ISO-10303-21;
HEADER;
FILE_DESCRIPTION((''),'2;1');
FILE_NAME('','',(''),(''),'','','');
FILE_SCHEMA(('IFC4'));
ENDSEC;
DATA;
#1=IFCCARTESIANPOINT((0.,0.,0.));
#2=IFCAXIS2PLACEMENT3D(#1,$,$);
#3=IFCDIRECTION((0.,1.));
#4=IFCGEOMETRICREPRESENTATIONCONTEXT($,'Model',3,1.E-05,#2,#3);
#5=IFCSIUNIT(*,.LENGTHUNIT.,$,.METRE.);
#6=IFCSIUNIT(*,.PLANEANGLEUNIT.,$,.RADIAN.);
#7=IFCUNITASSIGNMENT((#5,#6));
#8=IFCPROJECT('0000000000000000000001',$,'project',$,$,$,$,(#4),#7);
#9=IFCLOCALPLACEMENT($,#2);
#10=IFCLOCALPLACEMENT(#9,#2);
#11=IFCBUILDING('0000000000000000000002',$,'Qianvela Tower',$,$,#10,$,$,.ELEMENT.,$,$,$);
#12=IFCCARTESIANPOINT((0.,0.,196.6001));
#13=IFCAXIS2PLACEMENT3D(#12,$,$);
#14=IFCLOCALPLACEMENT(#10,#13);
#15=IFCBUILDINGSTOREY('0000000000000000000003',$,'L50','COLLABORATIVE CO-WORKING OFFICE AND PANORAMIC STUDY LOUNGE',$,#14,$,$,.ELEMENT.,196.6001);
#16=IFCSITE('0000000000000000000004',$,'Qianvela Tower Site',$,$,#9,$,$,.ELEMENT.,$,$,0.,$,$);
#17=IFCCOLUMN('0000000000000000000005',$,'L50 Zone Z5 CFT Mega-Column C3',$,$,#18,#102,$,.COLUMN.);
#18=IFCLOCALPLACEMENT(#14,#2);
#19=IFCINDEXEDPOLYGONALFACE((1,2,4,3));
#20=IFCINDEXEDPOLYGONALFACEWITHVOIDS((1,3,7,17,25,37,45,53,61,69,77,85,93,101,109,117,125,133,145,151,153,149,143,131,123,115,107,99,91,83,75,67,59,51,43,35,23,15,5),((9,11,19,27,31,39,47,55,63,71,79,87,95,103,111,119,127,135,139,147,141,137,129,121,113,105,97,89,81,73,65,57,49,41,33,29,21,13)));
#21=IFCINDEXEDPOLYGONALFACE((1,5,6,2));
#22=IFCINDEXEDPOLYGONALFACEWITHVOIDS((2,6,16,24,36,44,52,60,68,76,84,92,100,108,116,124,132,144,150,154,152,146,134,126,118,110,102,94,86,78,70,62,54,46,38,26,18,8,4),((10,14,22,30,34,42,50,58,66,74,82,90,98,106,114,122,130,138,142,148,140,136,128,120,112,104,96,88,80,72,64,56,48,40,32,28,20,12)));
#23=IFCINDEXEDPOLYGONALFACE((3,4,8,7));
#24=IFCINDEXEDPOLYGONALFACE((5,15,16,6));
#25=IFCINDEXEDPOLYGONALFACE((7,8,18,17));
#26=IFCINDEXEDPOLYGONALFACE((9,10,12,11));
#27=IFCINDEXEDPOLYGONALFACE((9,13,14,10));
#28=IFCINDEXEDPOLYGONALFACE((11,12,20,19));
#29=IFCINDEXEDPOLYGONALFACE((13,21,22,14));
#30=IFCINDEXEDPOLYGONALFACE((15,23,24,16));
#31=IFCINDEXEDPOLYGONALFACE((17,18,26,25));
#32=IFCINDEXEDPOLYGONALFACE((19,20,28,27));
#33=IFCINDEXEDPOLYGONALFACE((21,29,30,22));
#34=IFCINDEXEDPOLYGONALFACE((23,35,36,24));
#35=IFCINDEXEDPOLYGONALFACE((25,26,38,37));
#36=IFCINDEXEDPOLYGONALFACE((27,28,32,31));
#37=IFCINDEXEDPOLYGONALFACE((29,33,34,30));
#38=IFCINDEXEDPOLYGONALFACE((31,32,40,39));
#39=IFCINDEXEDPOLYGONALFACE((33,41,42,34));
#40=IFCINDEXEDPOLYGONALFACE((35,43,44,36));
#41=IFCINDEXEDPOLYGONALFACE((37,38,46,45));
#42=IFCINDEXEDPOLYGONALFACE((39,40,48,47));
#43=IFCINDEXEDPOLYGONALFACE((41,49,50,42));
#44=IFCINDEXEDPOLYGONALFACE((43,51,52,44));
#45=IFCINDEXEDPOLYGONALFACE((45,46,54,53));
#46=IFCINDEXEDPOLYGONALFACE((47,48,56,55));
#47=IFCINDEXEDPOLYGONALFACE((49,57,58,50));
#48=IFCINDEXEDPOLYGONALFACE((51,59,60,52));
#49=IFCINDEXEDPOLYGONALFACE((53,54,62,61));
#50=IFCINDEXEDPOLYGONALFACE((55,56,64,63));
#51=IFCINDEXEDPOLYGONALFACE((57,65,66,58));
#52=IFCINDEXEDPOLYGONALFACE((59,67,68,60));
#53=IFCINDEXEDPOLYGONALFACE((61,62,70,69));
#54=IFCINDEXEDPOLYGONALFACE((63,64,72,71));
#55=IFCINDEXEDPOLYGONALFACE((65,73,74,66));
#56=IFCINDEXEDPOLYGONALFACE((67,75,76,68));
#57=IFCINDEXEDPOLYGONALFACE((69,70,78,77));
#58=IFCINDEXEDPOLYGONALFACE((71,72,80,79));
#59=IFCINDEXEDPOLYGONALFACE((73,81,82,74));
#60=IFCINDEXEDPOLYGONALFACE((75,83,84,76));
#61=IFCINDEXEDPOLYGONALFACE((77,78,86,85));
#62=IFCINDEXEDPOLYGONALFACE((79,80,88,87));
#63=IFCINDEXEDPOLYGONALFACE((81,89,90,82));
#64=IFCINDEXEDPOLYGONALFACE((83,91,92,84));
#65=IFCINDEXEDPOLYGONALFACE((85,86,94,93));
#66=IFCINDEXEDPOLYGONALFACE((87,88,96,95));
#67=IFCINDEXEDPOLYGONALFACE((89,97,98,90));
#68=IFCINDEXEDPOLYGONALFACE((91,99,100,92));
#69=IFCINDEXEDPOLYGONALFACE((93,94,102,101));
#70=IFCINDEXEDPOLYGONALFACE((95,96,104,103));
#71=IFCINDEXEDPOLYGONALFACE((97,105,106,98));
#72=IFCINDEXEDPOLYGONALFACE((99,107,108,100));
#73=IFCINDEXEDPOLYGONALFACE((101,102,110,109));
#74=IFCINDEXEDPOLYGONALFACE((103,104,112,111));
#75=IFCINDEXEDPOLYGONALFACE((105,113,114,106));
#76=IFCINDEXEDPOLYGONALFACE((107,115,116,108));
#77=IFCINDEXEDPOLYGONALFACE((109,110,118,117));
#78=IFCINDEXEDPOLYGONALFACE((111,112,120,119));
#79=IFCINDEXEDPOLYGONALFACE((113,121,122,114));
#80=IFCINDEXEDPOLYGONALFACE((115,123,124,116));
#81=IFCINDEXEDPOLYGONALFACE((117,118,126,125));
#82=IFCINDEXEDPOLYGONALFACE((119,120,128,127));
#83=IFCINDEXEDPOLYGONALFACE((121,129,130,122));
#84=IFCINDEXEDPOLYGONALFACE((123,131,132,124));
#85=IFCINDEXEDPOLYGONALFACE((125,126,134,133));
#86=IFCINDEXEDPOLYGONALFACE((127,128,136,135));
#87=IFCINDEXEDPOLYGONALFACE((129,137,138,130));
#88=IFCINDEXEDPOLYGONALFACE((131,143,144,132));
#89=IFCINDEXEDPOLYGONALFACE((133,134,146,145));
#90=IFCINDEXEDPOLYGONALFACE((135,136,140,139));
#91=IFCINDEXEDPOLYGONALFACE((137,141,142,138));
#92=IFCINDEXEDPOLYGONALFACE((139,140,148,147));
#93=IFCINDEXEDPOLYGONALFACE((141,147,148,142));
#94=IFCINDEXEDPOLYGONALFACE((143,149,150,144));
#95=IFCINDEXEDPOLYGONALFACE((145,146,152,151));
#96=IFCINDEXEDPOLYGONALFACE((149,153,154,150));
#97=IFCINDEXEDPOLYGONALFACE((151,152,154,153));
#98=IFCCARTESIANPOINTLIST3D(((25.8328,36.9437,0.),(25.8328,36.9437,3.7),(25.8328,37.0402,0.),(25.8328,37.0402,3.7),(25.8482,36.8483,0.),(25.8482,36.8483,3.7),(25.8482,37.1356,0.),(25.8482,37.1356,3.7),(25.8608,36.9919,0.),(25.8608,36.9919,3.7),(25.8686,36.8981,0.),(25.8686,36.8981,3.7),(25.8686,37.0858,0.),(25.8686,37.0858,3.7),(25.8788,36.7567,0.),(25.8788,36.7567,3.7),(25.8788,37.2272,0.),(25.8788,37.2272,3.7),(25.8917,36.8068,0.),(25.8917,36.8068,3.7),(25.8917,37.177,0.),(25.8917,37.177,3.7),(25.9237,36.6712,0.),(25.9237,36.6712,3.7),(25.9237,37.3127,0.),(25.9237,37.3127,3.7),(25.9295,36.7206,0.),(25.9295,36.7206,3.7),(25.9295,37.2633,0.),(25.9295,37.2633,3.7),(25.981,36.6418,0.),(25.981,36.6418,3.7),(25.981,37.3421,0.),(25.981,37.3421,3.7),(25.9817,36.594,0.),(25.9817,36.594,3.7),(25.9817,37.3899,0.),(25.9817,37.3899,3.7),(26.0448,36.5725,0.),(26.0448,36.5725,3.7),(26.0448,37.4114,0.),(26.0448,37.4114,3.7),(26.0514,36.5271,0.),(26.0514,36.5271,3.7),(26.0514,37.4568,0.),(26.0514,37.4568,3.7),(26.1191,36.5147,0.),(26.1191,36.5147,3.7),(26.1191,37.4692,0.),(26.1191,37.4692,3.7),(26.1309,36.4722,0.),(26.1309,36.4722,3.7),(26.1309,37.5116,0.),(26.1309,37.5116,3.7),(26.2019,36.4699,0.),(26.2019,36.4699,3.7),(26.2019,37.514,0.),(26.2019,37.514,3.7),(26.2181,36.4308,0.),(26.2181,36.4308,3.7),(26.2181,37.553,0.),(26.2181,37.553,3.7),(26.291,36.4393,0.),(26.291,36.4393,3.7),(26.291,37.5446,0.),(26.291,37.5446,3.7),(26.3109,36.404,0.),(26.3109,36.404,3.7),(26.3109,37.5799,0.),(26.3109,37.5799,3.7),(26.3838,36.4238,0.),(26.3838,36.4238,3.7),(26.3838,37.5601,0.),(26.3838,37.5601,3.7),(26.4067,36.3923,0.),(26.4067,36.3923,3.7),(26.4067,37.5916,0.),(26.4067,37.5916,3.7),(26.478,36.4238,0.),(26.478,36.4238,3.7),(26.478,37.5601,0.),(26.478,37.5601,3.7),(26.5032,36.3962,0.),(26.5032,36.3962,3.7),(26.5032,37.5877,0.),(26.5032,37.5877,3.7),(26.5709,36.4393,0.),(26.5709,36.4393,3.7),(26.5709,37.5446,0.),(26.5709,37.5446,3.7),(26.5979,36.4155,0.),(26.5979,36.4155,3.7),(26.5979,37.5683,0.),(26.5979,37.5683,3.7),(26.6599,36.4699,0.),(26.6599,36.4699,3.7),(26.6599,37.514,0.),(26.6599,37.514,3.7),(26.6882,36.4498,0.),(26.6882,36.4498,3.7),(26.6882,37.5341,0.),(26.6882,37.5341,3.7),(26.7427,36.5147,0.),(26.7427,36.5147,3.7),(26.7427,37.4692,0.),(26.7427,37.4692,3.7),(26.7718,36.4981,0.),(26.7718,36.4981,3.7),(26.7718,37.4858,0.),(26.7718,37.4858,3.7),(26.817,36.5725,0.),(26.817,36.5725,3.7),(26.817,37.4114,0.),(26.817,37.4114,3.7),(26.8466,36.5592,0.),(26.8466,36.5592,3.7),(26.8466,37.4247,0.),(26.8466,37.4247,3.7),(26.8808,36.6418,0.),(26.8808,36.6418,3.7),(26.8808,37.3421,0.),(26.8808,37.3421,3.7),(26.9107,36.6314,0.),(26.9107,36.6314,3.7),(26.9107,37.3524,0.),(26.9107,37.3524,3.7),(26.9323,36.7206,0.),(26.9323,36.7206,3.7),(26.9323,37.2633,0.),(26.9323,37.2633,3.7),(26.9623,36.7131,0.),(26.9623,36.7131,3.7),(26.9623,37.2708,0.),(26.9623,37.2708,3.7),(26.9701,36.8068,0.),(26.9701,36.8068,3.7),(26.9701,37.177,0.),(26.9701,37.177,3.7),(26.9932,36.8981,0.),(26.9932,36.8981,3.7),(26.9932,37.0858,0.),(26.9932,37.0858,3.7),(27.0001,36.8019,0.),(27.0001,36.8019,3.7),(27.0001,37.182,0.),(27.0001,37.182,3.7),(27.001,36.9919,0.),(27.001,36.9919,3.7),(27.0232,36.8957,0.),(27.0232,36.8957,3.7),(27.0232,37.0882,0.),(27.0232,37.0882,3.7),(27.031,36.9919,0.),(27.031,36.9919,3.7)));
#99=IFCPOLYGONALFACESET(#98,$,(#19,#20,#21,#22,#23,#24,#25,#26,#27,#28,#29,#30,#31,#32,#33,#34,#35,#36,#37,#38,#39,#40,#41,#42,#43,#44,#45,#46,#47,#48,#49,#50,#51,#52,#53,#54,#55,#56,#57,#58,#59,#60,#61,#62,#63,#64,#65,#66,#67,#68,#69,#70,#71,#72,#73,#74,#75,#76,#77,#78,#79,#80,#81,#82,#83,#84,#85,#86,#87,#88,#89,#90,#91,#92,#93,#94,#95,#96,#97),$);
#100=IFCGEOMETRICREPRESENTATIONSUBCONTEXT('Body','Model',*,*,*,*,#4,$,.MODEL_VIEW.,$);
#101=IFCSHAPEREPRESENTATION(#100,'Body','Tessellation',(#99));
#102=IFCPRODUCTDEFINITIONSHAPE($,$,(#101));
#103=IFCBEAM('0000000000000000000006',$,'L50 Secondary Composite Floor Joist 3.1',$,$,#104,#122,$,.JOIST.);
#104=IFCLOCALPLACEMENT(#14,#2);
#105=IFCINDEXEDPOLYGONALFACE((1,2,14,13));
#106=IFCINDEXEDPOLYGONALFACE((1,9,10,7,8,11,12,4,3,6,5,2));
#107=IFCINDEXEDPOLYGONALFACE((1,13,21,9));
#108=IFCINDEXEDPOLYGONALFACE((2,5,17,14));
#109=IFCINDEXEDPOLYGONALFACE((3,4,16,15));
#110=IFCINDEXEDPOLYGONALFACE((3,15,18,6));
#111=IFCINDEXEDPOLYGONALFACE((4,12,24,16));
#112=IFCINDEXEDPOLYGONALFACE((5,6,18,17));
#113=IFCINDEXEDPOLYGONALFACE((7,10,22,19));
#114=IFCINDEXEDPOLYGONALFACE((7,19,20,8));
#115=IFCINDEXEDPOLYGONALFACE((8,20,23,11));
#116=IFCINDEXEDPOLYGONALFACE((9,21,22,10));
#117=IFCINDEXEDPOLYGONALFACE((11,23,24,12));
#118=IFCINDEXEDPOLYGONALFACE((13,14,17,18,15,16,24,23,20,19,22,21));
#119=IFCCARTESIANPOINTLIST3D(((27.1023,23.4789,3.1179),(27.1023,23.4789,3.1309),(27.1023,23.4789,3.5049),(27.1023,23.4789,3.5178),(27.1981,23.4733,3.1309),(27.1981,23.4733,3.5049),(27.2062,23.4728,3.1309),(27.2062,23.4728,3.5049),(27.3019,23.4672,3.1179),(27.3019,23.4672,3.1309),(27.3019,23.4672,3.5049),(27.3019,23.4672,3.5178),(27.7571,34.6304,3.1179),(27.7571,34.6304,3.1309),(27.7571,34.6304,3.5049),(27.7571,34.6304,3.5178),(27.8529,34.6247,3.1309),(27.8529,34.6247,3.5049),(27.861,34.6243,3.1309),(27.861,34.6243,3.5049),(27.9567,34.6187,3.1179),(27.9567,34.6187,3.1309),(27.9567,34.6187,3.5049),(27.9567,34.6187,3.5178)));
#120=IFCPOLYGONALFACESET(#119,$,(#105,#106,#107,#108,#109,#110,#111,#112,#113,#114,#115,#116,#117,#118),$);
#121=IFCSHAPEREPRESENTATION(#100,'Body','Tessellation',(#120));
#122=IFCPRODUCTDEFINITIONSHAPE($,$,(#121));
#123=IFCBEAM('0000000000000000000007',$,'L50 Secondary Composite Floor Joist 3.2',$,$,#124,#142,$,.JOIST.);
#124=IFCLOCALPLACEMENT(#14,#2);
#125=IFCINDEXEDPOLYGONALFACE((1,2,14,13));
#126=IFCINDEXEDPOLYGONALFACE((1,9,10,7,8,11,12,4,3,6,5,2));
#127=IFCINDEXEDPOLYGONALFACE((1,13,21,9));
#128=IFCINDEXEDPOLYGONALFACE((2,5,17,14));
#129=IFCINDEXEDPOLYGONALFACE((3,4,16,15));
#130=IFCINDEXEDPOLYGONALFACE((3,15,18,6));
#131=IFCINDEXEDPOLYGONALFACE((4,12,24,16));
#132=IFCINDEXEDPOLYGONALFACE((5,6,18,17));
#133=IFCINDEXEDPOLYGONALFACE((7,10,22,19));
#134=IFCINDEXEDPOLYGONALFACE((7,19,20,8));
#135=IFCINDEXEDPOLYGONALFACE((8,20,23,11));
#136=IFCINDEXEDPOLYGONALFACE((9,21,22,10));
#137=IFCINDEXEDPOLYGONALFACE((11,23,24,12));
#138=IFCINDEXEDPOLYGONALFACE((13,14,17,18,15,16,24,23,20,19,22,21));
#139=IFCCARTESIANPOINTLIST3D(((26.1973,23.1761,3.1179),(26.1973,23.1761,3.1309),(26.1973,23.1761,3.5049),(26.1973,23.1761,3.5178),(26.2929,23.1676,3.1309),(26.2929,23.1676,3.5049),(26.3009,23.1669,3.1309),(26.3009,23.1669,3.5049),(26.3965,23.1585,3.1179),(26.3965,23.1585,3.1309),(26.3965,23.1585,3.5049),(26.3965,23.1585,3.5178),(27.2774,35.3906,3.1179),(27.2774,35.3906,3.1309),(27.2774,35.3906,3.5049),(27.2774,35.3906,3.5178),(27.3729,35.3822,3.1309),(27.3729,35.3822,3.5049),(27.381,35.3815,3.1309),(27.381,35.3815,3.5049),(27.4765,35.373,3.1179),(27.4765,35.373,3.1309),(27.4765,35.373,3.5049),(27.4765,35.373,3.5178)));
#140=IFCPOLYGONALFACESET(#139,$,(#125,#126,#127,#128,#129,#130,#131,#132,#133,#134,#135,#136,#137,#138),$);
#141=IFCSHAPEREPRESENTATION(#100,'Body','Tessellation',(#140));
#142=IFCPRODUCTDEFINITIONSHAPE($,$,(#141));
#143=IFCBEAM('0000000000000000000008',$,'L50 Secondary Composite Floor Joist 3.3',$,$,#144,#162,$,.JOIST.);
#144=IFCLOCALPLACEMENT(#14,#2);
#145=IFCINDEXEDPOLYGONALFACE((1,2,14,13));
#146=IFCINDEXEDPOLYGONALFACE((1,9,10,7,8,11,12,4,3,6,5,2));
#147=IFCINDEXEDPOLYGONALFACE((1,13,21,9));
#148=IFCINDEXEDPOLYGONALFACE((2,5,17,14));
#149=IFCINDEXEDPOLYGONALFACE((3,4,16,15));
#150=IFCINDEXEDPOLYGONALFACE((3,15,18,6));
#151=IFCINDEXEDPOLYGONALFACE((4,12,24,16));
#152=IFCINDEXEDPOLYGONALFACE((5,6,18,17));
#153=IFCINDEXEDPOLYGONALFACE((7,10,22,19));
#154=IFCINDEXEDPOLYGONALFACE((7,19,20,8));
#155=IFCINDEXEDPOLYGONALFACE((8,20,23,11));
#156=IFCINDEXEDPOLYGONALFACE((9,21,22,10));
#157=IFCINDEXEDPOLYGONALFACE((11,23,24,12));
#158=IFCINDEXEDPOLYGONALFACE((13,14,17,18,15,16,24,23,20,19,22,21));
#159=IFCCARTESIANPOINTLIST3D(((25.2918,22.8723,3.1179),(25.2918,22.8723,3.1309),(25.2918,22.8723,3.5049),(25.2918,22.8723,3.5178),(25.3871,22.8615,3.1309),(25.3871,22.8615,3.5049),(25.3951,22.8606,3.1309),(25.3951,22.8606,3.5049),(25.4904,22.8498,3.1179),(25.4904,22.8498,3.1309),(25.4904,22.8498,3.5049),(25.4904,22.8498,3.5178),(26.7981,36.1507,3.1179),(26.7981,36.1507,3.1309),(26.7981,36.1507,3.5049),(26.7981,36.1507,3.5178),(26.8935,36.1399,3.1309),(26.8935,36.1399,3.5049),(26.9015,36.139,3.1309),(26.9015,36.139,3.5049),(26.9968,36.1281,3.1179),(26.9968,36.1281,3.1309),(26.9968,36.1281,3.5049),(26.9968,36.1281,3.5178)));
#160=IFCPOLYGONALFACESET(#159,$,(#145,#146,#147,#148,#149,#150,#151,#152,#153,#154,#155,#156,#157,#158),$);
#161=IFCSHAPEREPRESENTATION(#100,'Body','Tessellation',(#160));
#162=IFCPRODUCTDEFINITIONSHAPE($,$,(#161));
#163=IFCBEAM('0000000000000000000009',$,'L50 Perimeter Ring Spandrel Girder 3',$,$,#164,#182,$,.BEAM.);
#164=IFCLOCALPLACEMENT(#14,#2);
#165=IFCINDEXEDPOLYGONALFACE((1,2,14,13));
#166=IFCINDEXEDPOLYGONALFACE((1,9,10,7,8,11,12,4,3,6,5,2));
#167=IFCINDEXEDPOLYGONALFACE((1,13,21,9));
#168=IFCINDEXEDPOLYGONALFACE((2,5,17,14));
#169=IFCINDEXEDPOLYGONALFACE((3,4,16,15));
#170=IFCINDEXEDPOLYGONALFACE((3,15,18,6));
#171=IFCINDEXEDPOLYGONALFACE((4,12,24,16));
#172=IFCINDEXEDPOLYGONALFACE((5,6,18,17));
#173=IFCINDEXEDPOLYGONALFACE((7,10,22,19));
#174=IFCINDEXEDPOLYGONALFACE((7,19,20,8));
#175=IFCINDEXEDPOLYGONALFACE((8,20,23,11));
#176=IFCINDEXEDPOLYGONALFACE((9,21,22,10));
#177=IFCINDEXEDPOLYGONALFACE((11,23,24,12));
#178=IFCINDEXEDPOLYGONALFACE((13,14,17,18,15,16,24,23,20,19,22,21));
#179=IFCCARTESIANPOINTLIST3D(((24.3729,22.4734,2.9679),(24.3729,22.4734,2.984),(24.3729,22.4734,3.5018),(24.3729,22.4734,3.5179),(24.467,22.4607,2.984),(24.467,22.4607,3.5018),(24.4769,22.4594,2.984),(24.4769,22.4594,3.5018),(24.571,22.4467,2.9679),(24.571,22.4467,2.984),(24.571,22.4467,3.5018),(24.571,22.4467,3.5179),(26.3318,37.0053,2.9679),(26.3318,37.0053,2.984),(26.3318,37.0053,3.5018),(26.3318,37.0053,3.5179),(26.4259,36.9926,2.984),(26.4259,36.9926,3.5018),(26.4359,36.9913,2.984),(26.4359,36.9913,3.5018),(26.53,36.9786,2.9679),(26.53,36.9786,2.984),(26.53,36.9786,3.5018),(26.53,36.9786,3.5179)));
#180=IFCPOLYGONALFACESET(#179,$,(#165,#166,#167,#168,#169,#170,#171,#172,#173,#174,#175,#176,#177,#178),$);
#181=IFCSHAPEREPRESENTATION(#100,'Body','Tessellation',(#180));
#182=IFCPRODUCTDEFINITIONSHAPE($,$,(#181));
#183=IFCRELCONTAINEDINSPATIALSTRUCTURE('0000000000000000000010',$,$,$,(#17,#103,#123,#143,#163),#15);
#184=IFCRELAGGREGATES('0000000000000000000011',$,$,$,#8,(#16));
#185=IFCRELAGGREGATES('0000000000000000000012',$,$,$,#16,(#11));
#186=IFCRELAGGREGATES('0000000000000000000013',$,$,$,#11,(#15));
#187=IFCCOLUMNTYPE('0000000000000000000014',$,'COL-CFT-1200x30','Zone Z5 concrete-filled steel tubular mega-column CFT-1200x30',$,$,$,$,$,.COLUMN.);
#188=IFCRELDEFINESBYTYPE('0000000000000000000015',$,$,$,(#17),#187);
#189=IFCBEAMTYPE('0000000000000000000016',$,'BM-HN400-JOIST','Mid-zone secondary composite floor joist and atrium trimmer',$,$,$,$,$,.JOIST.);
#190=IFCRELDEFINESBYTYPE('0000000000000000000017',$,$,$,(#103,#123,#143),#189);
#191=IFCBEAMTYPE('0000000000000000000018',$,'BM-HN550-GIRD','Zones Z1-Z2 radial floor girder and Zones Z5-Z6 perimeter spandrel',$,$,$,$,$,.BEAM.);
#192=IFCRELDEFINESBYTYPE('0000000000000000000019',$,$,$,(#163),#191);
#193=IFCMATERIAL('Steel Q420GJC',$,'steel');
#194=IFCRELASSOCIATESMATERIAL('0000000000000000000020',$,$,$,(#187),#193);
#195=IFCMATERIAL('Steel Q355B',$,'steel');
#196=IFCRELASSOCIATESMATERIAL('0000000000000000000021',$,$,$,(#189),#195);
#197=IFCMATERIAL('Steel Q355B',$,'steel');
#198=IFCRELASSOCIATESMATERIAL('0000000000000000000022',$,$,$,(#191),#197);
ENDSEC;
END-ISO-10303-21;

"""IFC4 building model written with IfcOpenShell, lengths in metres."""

from ifc_helpers import new_model, si_unit, direction, frame, origin, origin_2d, place, context, subcontext, project, spatial, hollow_circle, i_section, extrude, material, material_profile, profile_set, type_object, element, save


model = new_model("IFC4")

# Units and contexts
model_context = context("Model", 3, precision=1e-05, world=origin(), true_north=direction((0.0, 1.0)))
body_context = subcontext(model_context, "Body", "Model", "MODEL_VIEW")
ifc_project = project(units=[si_unit("LENGTHUNIT", "METRE"), si_unit("PLANEANGLEUNIT", "RADIAN")], contexts=[model_context])

# Site, building, storey
site_placement = place(None, origin())
site = spatial("IfcSite", under=ifc_project, at=site_placement, Name="Qianvela Tower Site", CompositionType="ELEMENT", RefElevation=0.0)
building_placement = place(site_placement, origin())
building = spatial("IfcBuilding", under=site, at=building_placement, Name="Qianvela Tower", CompositionType="ELEMENT")
storey_placement = place(building_placement, frame((0.0, 0.0, 196.6001)))
storey = spatial("IfcBuildingStorey", under=building, at=storey_placement, Name="L50", Description="COLLABORATIVE CO-WORKING OFFICE AND PANORAMIC STUDY LOUNGE", CompositionType="ELEMENT", Elevation=196.6001)

# Column
ifc_material_1 = material(Name="Steel Q420GJC", Category="steel")
ifc_material_profile_1 = material_profile(ifc_material_1, hollow_circle(Radius=0.6001, WallThickness=0.03, at=origin_2d()), Name="CFT-1200x30")
ifc_profile_set_1 = profile_set([ifc_material_profile_1], Name="Steel Q420GJC")
column_type = type_object("IfcColumnType", Name="COL-CFT-1200x30", Description="Zone Z5 concrete-filled steel tubular mega-column CFT-1200x30", PredefinedType="COLUMN", material=ifc_profile_set_1)
column_placement = place(storey_placement, frame((26.4309, 36.9919, 0.0), z_axis=(0.0, 0.0, 1.0), x_axis=(1.0, 0.0, 0.0)))
element("IfcColumn", 1, at=column_placement, inside=storey, type_object=column_type, Name="L50 Zone Z5 CFT Mega-Column C3", PredefinedType="COLUMN", context=body_context, shape_type="SweptSolid", body=[
    extrude(hollow_circle(Radius=0.6001, WallThickness=0.03, at=origin_2d()), origin(), (0.0, 0.0, 1.0), 3.7),
])

# Beams
ifc_material_2 = material(Name="Steel Q355B", Category="steel")
ifc_material_profile_2 = material_profile(ifc_material_2, i_section(OverallWidth=0.2, OverallDepth=0.3999, WebThickness=0.0081, FlangeThickness=0.0129, at=origin_2d()), Name="HN400x200x8x13")
ifc_profile_set_2 = profile_set([ifc_material_profile_2], Name="Steel Q355B")
beam_type_1 = type_object("IfcBeamType", Name="BM-HN400-JOIST", Description="Mid-zone secondary composite floor joist and atrium trimmer", PredefinedType="JOIST", material=ifc_profile_set_2)
beam_1_placement = place(storey_placement, frame((27.8569, 34.6245, 3.3179), z_axis=(-0.058617, -0.998281, 0.0), x_axis=(0.998281, -0.058617, 0.0)))
element("IfcBeam", 2, at=beam_1_placement, inside=storey, type_object=beam_type_1, Name="L50 Secondary Composite Floor Joist 3.1", PredefinedType="JOIST", context=body_context, shape_type="SweptSolid", body=[
    extrude(i_section(OverallWidth=0.2, OverallDepth=0.3999, WebThickness=0.0081, FlangeThickness=0.0129, at=origin_2d()), origin(), (0.0, 0.0, 1.0), 11.1707),
])
beam_2_placement = place(storey_placement, frame((27.377, 35.3818, 3.3179), z_axis=(-0.088081, -0.996113, 0.0), x_axis=(0.996113, -0.088081, 0.0)))
element("IfcBeam", 3, at=beam_2_placement, inside=storey, type_object=beam_type_1, Name="L50 Secondary Composite Floor Joist 3.2", PredefinedType="JOIST", context=body_context, shape_type="SweptSolid", body=[
    extrude(i_section(OverallWidth=0.2, OverallDepth=0.3999, WebThickness=0.0081, FlangeThickness=0.0129, at=origin_2d()), origin(), (0.0, 0.0, 1.0), 12.2622),
])
beam_3_placement = place(storey_placement, frame((26.8975, 36.1394, 3.3179), z_axis=(-0.112721, -0.993627, 0.0), x_axis=(0.993627, -0.112721, 0.0)))
element("IfcBeam", 4, at=beam_3_placement, inside=storey, type_object=beam_type_1, Name="L50 Secondary Composite Floor Joist 3.3", PredefinedType="JOIST", context=body_context, shape_type="SweptSolid", body=[
    extrude(i_section(OverallWidth=0.2, OverallDepth=0.3999, WebThickness=0.0081, FlangeThickness=0.0129, at=origin_2d()), origin(), (0.0, 0.0, 1.0), 13.3635),
])
ifc_material_3 = material(Name="Steel Q355B", Category="steel")
ifc_material_profile_3 = material_profile(ifc_material_3, i_section(OverallWidth=0.2, OverallDepth=0.55, WebThickness=0.01, FlangeThickness=0.0161, at=origin_2d()), Name="HN550x200x10x16")
ifc_profile_set_3 = profile_set([ifc_material_profile_3], Name="Steel Q355B")
beam_type_2 = type_object("IfcBeamType", Name="BM-HN550-GIRD", Description="Zones Z1-Z2 radial floor girder and Zones Z5-Z6 perimeter spandrel", PredefinedType="BEAM", material=ifc_profile_set_3)
beam_4_placement = place(storey_placement, frame((26.4309, 36.9919, 3.2429), z_axis=(-0.133597, -0.991036, 0.0), x_axis=(0.991036, -0.133597, 0.0)))
element("IfcBeam", 5, at=beam_4_placement, inside=storey, type_object=beam_type_2, Name="L50 Perimeter Ring Spandrel Girder 3", PredefinedType="BEAM", context=body_context, shape_type="SweptSolid", body=[
    extrude(i_section(OverallWidth=0.2, OverallDepth=0.55, WebThickness=0.01, FlangeThickness=0.0161, at=origin_2d()), origin(), (0.0, 0.0, 1.0), 14.6633),
])

save(model, "model.ifc")
